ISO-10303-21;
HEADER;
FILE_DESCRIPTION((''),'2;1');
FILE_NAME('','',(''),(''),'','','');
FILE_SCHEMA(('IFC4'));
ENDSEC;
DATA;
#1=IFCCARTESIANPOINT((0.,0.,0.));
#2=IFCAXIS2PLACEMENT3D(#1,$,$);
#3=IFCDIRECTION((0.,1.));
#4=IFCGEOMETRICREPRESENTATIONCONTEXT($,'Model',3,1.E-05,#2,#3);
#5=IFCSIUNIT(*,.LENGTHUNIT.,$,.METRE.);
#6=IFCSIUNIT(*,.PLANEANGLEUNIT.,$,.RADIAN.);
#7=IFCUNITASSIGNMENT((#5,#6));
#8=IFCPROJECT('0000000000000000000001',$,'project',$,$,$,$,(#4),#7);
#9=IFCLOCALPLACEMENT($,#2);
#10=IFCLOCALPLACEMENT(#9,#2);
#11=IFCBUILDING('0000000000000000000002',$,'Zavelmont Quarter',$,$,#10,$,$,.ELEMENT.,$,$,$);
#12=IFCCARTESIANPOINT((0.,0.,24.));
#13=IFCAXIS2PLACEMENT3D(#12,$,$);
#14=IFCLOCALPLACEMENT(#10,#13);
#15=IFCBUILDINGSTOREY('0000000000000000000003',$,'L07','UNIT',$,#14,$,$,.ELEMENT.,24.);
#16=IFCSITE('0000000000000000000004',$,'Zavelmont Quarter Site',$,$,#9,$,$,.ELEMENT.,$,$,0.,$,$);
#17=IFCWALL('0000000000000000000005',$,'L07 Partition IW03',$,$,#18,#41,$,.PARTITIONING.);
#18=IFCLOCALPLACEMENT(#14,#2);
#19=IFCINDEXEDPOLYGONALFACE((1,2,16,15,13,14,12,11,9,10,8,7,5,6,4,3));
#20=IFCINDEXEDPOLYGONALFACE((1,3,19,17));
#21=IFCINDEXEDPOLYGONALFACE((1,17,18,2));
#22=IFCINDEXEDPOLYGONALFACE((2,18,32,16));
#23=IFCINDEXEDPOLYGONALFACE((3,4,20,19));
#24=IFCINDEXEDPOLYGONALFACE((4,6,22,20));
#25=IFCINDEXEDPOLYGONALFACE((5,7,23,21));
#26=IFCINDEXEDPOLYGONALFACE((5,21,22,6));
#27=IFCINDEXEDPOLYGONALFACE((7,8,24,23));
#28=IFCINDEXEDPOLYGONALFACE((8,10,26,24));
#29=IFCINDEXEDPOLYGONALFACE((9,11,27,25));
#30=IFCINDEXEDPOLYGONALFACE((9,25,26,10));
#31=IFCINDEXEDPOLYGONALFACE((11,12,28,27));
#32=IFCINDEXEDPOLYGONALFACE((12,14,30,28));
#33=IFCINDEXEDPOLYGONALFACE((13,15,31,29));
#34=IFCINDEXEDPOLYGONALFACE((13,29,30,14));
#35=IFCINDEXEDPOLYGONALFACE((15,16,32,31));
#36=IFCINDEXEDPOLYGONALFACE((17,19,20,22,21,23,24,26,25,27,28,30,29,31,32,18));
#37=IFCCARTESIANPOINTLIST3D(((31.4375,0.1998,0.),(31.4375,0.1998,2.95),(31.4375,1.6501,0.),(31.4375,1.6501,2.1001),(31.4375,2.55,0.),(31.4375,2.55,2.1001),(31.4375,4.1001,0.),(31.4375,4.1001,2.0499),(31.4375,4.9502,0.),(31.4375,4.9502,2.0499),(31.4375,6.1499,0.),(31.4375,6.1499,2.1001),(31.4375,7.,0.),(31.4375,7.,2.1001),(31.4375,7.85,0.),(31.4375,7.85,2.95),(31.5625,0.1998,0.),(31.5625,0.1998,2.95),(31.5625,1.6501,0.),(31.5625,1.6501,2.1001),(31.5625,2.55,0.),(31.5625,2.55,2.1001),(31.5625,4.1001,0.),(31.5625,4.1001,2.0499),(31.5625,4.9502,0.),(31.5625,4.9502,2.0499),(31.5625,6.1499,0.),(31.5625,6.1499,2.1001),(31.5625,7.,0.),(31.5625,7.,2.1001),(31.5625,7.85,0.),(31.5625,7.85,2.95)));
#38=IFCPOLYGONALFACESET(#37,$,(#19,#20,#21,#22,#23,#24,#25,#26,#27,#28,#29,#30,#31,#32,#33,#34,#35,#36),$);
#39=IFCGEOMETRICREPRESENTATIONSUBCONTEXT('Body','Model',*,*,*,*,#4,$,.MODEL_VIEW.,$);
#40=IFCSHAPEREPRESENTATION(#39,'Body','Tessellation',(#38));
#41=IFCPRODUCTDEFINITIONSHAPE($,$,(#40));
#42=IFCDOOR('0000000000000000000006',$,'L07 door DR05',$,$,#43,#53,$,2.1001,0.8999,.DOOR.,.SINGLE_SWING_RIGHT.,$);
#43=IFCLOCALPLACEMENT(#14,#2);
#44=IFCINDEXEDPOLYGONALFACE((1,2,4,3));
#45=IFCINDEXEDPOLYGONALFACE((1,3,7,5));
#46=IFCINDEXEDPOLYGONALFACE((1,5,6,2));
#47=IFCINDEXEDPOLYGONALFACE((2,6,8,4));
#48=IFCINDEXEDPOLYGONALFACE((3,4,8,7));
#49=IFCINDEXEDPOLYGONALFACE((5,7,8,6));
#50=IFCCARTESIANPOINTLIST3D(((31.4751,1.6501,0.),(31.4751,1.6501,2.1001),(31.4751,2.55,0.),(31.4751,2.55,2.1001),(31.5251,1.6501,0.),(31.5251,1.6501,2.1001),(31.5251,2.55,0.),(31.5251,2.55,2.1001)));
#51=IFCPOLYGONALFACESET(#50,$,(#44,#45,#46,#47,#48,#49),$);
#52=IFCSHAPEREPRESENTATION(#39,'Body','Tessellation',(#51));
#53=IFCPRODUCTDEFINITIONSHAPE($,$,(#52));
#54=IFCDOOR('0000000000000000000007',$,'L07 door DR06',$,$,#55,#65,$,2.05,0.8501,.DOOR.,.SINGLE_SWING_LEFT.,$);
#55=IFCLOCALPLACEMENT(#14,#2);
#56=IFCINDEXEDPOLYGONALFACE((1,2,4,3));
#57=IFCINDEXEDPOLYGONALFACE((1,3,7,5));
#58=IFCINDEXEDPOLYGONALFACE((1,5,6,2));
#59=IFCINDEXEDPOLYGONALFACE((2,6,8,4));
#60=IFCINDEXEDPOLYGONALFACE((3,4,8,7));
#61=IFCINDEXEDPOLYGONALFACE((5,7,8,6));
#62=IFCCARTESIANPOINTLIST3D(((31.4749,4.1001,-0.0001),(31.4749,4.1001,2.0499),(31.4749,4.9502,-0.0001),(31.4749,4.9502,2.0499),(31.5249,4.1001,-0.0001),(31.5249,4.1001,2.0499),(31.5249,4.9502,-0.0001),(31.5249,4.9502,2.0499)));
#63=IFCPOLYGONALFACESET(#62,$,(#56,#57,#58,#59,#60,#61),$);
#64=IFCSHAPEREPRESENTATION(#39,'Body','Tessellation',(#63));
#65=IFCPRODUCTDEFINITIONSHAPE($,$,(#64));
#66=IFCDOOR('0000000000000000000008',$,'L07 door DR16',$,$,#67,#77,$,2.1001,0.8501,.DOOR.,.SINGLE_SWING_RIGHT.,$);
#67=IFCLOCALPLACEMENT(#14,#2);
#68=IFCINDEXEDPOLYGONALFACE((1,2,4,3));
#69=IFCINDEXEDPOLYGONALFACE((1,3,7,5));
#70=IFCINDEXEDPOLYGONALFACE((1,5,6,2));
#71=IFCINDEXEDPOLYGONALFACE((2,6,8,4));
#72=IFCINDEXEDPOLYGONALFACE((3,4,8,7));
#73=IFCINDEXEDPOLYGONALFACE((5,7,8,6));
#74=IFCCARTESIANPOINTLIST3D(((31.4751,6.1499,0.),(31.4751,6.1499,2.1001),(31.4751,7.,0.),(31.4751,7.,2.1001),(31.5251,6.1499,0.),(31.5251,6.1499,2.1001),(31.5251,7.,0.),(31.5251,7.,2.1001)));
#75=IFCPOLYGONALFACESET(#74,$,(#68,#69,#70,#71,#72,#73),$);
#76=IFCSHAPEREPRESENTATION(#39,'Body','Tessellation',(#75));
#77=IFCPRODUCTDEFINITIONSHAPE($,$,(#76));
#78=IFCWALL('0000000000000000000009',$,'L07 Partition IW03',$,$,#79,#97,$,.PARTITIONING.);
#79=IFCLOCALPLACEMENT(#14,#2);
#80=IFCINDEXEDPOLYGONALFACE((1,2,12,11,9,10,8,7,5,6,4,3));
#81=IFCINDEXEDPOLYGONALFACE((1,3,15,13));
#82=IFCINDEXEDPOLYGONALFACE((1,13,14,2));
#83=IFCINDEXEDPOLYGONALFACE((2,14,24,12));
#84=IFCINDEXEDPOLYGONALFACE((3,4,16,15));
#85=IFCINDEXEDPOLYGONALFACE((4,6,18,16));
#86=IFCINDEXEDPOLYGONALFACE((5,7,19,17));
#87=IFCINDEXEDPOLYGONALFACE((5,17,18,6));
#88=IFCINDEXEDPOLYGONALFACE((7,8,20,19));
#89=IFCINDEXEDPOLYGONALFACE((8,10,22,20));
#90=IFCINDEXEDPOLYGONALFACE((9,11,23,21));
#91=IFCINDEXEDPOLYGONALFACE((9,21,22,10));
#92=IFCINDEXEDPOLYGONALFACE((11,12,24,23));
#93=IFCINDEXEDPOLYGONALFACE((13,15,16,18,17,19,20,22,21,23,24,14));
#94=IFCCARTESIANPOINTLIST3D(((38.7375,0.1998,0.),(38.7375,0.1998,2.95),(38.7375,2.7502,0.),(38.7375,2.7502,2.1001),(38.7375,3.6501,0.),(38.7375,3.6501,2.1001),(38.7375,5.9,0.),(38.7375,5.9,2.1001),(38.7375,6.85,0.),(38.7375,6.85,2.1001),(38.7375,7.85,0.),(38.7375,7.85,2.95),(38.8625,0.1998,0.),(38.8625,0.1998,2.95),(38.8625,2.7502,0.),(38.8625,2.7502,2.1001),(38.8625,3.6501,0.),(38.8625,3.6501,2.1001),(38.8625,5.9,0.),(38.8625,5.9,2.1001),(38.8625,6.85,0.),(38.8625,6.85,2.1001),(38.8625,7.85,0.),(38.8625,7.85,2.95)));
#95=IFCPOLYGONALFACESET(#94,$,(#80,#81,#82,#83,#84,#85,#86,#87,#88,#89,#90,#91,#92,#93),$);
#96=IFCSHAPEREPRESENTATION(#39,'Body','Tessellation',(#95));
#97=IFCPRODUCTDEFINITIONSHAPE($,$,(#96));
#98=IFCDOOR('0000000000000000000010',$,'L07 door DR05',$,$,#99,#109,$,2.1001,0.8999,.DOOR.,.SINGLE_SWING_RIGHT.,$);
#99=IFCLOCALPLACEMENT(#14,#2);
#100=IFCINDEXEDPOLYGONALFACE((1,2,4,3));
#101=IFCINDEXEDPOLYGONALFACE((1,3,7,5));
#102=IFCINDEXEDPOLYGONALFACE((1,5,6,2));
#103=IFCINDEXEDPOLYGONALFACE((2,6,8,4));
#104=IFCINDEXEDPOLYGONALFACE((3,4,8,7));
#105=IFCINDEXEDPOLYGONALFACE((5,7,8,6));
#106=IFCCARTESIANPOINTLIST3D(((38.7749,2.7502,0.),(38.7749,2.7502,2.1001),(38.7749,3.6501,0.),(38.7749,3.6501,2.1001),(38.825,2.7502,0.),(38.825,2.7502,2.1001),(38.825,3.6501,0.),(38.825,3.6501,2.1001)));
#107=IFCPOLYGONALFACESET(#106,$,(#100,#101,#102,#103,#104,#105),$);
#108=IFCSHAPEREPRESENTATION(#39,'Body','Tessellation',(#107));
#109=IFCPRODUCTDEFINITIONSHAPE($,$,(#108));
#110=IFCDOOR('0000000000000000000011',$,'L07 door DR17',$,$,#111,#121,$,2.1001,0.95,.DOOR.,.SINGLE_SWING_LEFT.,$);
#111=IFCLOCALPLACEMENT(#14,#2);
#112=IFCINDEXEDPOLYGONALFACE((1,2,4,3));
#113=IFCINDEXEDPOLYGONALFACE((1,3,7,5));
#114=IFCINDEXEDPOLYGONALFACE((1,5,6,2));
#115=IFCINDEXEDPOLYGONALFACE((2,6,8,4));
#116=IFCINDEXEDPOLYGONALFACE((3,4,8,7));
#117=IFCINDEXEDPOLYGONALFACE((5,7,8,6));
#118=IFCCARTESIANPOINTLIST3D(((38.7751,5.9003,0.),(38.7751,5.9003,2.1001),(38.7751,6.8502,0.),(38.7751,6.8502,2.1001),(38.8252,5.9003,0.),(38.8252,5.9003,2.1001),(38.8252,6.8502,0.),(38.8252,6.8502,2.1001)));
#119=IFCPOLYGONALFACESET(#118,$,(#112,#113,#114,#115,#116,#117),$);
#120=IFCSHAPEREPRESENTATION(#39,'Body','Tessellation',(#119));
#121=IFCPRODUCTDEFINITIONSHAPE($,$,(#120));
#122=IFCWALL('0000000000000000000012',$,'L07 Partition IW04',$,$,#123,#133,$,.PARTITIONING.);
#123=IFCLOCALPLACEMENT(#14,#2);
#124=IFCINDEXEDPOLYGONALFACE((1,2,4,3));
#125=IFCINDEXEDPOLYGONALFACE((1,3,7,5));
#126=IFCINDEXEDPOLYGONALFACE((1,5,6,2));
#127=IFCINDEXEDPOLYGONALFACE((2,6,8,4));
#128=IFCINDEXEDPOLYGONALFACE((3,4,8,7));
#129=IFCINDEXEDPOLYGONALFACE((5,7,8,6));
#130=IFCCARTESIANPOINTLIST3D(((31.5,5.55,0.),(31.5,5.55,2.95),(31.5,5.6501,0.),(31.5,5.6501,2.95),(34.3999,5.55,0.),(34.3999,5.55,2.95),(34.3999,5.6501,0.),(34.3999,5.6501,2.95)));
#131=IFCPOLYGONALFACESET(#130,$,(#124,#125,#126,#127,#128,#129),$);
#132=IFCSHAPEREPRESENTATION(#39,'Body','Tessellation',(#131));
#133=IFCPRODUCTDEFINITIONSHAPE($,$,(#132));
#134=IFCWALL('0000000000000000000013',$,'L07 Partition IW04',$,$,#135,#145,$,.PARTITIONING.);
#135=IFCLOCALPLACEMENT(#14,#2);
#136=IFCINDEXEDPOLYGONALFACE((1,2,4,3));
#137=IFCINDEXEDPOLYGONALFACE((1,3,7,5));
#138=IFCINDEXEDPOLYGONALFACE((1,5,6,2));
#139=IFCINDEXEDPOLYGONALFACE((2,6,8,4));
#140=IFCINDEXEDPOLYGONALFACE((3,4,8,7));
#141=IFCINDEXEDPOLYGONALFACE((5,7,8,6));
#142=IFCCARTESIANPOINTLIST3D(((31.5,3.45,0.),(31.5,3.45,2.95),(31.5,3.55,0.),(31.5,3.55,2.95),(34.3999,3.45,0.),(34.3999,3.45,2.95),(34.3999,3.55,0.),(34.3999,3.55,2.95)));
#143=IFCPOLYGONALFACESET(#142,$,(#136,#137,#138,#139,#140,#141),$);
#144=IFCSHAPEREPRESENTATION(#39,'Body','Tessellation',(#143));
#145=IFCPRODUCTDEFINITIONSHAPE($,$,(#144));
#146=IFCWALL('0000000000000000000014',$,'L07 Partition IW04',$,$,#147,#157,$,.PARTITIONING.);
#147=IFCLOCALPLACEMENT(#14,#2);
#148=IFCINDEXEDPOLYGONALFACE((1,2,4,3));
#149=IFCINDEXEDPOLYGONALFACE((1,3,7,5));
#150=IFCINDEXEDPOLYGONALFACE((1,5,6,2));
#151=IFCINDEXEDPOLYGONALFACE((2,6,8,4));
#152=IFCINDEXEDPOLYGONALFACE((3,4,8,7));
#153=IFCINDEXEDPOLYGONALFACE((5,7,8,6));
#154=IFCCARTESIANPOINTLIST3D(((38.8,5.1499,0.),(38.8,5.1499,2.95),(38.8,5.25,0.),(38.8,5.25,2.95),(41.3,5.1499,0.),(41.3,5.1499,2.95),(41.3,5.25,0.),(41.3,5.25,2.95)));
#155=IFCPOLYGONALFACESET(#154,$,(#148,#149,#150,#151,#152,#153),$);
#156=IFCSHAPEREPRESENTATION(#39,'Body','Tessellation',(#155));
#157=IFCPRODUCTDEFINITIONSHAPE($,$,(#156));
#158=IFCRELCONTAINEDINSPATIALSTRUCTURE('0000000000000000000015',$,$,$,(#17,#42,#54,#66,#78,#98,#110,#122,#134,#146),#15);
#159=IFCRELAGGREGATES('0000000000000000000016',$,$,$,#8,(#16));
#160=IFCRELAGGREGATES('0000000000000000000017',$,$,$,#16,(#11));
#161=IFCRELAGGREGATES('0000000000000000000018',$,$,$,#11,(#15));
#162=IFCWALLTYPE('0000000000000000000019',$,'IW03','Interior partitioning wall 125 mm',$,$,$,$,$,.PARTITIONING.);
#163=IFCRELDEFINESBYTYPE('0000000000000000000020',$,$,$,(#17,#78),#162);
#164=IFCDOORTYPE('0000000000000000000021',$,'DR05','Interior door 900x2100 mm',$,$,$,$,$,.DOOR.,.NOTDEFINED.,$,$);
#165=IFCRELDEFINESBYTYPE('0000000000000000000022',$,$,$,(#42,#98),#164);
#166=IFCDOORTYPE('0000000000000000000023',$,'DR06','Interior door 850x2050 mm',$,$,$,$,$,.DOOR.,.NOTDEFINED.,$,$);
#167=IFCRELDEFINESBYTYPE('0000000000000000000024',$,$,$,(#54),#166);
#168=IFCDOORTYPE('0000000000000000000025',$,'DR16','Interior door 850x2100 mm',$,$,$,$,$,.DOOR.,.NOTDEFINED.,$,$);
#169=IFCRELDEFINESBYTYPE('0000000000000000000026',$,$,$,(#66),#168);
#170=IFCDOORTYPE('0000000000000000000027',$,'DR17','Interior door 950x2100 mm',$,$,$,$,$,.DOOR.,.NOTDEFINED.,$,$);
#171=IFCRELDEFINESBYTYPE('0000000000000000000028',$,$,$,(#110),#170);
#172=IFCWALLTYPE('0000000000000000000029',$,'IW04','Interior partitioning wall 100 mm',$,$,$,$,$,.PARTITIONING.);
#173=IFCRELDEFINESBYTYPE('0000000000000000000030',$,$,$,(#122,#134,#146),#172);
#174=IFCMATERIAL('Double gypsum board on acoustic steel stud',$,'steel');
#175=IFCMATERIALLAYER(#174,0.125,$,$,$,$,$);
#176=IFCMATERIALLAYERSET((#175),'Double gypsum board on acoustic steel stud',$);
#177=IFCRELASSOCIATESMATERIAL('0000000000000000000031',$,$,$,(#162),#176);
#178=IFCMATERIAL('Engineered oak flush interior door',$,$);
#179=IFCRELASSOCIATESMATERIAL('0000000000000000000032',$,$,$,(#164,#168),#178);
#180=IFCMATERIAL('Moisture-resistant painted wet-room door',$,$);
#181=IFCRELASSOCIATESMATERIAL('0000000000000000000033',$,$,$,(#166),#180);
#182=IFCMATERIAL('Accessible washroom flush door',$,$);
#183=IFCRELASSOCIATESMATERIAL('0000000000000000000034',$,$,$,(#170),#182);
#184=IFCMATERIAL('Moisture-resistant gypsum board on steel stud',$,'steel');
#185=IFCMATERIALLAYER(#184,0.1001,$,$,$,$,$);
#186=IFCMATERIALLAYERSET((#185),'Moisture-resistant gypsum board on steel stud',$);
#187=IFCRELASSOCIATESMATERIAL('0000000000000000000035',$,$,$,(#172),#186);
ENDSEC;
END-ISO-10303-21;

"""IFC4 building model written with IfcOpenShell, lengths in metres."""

from ifc_helpers import new_model, si_unit, direction, frame, frame_2d, origin, origin_with_axes, place, context, subcontext, project, spatial, rectangle, extrude, material, layer, layer_set, type_object, element, fill, save


model = new_model("IFC4")

# Units and contexts
model_context = context("Model", 3, precision=1e-05, world=origin(), true_north=direction((0.0, 1.0)))
body_context = subcontext(model_context, "Body", "Model", "MODEL_VIEW")
ifc_project = project(units=[si_unit("LENGTHUNIT", "METRE"), si_unit("PLANEANGLEUNIT", "RADIAN")], contexts=[model_context])

# Site, building, storey
site_placement = place(None, origin())
site = spatial("IfcSite", under=ifc_project, at=site_placement, Name="Zavelmont Quarter Site", CompositionType="ELEMENT", RefElevation=0.0)
building_placement = place(site_placement, origin())
building = spatial("IfcBuilding", under=site, at=building_placement, Name="Zavelmont Quarter", CompositionType="ELEMENT")
storey_placement = place(building_placement, frame((0.0, 0.0, 24.0)))
storey = spatial("IfcBuildingStorey", under=building, at=storey_placement, Name="L07", Description="UNIT", CompositionType="ELEMENT", Elevation=24.0)

# Walls, openings, doors
ifc_material_1 = material(Name="Double gypsum board on acoustic steel stud", Category="steel")
ifc_layer_1 = layer(ifc_material_1, 0.125)
ifc_layer_set_1 = layer_set([ifc_layer_1], Name="Double gypsum board on acoustic steel stud")
wall_type_1 = type_object("IfcWallType", Name="IW03", Description="Interior partitioning wall 125 mm", PredefinedType="PARTITIONING", material=ifc_layer_set_1)
wall_1_placement = place(storey_placement, frame((31.5, 7.8501, 0.0), z_axis=(0.0, 0.0, 1.0), x_axis=(0.0, -1.0, 0.0)))
wall_1 = element("IfcWall", 1, at=wall_1_placement, inside=storey, type_object=wall_type_1, Name="L07 Partition IW03", PredefinedType="PARTITIONING", context=body_context, shape_type="SweptSolid", body=[
    extrude(rectangle(XDim=7.6501, YDim=0.125, at=frame_2d((3.8252, 0.0))), origin(), (0.0, 0.0, 1.0), 2.95),
])
opening_1_placement = place(wall_1_placement, frame((0.8501, 0.0, 0.0)))
opening_1 = element("IfcOpeningElement", 2, at=opening_1_placement, cuts=wall_1, PredefinedType="OPENING", context=body_context, shape_type="SweptSolid", body=[
    extrude(rectangle(XDim=0.8501, YDim=2.1001, at=frame_2d((0.425, 1.05))), frame((0.0, 0.0745, 0.0), z_axis=(0.0, -1.0, 0.0), x_axis=(1.0, 0.0, 0.0)), (0.0, 0.0, 1.0), 0.1489),
])
opening_2_placement = place(wall_1_placement, frame((2.8999, 0.0, 0.0)))
opening_2 = element("IfcOpeningElement", 3, at=opening_2_placement, cuts=wall_1, PredefinedType="OPENING", context=body_context, shape_type="SweptSolid", body=[
    extrude(rectangle(XDim=0.8501, YDim=2.05, at=frame_2d((0.425, 1.0249))), frame((0.0, 0.0745, 0.0), z_axis=(0.0, -1.0, 0.0), x_axis=(1.0, 0.0, 0.0)), (0.0, 0.0, 1.0), 0.1489),
])
opening_3_placement = place(wall_1_placement, frame((5.3, 0.0, 0.0)))
opening_3 = element("IfcOpeningElement", 4, at=opening_3_placement, cuts=wall_1, PredefinedType="OPENING", context=body_context, shape_type="SweptSolid", body=[
    extrude(rectangle(XDim=0.8999, YDim=2.1001, at=frame_2d((0.45, 1.05))), frame((0.0, 0.0745, 0.0), z_axis=(0.0, -1.0, 0.0), x_axis=(1.0, 0.0, 0.0)), (0.0, 0.0, 1.0), 0.1489),
])
ifc_material_2 = material(Name="Engineered oak flush interior door")
door_type_1 = type_object("IfcDoorType", Name="DR05", Description="Interior door 900x2100 mm", OperationType="NOTDEFINED", PredefinedType="DOOR", material=ifc_material_2)
door_1_placement = place(opening_3_placement, frame((0.8999, 0.0, 0.0), z_axis=(0.0, 0.0, 1.0), x_axis=(-1.0, 0.0, 0.0)))
door_1 = element("IfcDoor", 5, at=door_1_placement, inside=storey, type_object=door_type_1, Name="L07 door DR05", OperationType="SINGLE_SWING_RIGHT", OverallHeight=2.1001, OverallWidth=0.8999, PredefinedType="DOOR", context=body_context, shape_type="SweptSolid", body=[
    extrude(rectangle(XDim=0.8999, YDim=2.1001, at=frame_2d((0.45, 1.05))), frame((0.0, 0.0249, 0.0), z_axis=(0.0, -1.0, 0.0), x_axis=(1.0, 0.0, 0.0)), (0.0, 0.0, 1.0), 0.05),
])
fill(opening_3, door_1)
ifc_material_3 = material(Name="Moisture-resistant painted wet-room door")
door_type_2 = type_object("IfcDoorType", Name="DR06", Description="Interior door 850x2050 mm", OperationType="NOTDEFINED", PredefinedType="DOOR", material=ifc_material_3)
door_2_placement = place(opening_2_placement, origin_with_axes())
door_2 = element("IfcDoor", 6, at=door_2_placement, inside=storey, type_object=door_type_2, Name="L07 door DR06", OperationType="SINGLE_SWING_LEFT", OverallHeight=2.05, OverallWidth=0.8501, PredefinedType="DOOR", context=body_context, shape_type="SweptSolid", body=[
    extrude(rectangle(XDim=0.8501, YDim=2.05, at=frame_2d((0.425, 1.0249))), frame((0.0, 0.0249, 0.0), z_axis=(0.0, -1.0, 0.0), x_axis=(1.0, 0.0, 0.0)), (0.0, 0.0, 1.0), 0.05),
])
fill(opening_2, door_2)
door_type_3 = type_object("IfcDoorType", Name="DR16", Description="Interior door 850x2100 mm", OperationType="NOTDEFINED", PredefinedType="DOOR", material=ifc_material_2)
door_3_placement = place(opening_1_placement, frame((0.8501, 0.0, 0.0), z_axis=(0.0, 0.0, 1.0), x_axis=(-1.0, 0.0, 0.0)))
door_3 = element("IfcDoor", 7, at=door_3_placement, inside=storey, type_object=door_type_3, Name="L07 door DR16", OperationType="SINGLE_SWING_RIGHT", OverallHeight=2.1001, OverallWidth=0.8501, PredefinedType="DOOR", context=body_context, shape_type="SweptSolid", body=[
    extrude(rectangle(XDim=0.8501, YDim=2.1001, at=frame_2d((0.425, 1.05))), frame((0.0, 0.0249, 0.0), z_axis=(0.0, -1.0, 0.0), x_axis=(1.0, 0.0, 0.0)), (0.0, 0.0, 1.0), 0.05),
])
fill(opening_1, door_3)
wall_2_placement = place(storey_placement, frame((38.8, 7.8501, 0.0), z_axis=(0.0, 0.0, 1.0), x_axis=(0.0, -1.0, 0.0)))
wall_2 = element("IfcWall", 8, at=wall_2_placement, inside=storey, type_object=wall_type_1, Name="L07 Partition IW03", PredefinedType="PARTITIONING", context=body_context, shape_type="SweptSolid", body=[
    extrude(rectangle(XDim=7.6501, YDim=0.125, at=frame_2d((3.8252, 0.0))), origin(), (0.0, 0.0, 1.0), 2.95),
])
opening_4_placement = place(wall_2_placement, frame((1.0, 0.0, 0.0)))
opening_4 = element("IfcOpeningElement", 9, at=opening_4_placement, cuts=wall_2, PredefinedType="OPENING", context=body_context, shape_type="SweptSolid", body=[
    extrude(rectangle(XDim=0.95, YDim=2.1001, at=frame_2d((0.4751, 1.05))), frame((0.0, 0.0745, 0.0), z_axis=(0.0, -1.0, 0.0), x_axis=(1.0, 0.0, 0.0)), (0.0, 0.0, 1.0), 0.1489),
])
opening_5_placement = place(wall_2_placement, frame((4.2, 0.0, 0.0)))
opening_5 = element("IfcOpeningElement", 10, at=opening_5_placement, cuts=wall_2, PredefinedType="OPENING", context=body_context, shape_type="SweptSolid", body=[
    extrude(rectangle(XDim=0.8999, YDim=2.1001, at=frame_2d((0.45, 1.05))), frame((0.0, 0.0745, 0.0), z_axis=(0.0, -1.0, 0.0), x_axis=(1.0, 0.0, 0.0)), (0.0, 0.0, 1.0), 0.1489),
])
door_4_placement = place(opening_5_placement, origin_with_axes())
door_4 = element("IfcDoor", 11, at=door_4_placement, inside=storey, type_object=door_type_1, Name="L07 door DR05", OperationType="SINGLE_SWING_RIGHT", OverallHeight=2.1001, OverallWidth=0.8999, PredefinedType="DOOR", context=body_context, shape_type="SweptSolid", body=[
    extrude(rectangle(XDim=0.8999, YDim=2.1001, at=frame_2d((0.45, 1.05))), frame((0.0, 0.0249, 0.0), z_axis=(0.0, -1.0, 0.0), x_axis=(1.0, 0.0, 0.0)), (0.0, 0.0, 1.0), 0.05),
])
fill(opening_5, door_4)
ifc_material_4 = material(Name="Accessible washroom flush door")
door_type_4 = type_object("IfcDoorType", Name="DR17", Description="Interior door 950x2100 mm", OperationType="NOTDEFINED", PredefinedType="DOOR", material=ifc_material_4)
door_5_placement = place(opening_4_placement, frame((0.95, 0.0, 0.0), z_axis=(0.0, 0.0, 1.0), x_axis=(-1.0, 0.0, 0.0)))
door_5 = element("IfcDoor", 12, at=door_5_placement, inside=storey, type_object=door_type_4, Name="L07 door DR17", OperationType="SINGLE_SWING_LEFT", OverallHeight=2.1001, OverallWidth=0.95, PredefinedType="DOOR", context=body_context, shape_type="SweptSolid", body=[
    extrude(rectangle(XDim=0.95, YDim=2.1001, at=frame_2d((0.4751, 1.05))), frame((0.0, 0.0249, 0.0), z_axis=(0.0, -1.0, 0.0), x_axis=(1.0, 0.0, 0.0)), (0.0, 0.0, 1.0), 0.05),
])
fill(opening_4, door_5)

# Walls
ifc_material_5 = material(Name="Moisture-resistant gypsum board on steel stud", Category="steel")
ifc_layer_2 = layer(ifc_material_5, 0.1001)
ifc_layer_set_2 = layer_set([ifc_layer_2], Name="Moisture-resistant gypsum board on steel stud")
wall_type_2 = type_object("IfcWallType", Name="IW04", Description="Interior partitioning wall 100 mm", PredefinedType="PARTITIONING", material=ifc_layer_set_2)
for number, where, z_axis, x_axis, name in (
    (13, (31.5, 5.6001, 0.0), (0.0, 0.0, 1.0), (1.0, 0.0, 0.0), "L07 Partition IW04"),
    (14, (31.5, 3.5, 0.0), (0.0, 0.0, 1.0), (1.0, 0.0, 0.0), "L07 Partition IW04"),
):
    element("IfcWall", number, at=place(storey_placement, frame(where, z_axis=z_axis, x_axis=x_axis)), inside=storey, type_object=wall_type_2, Name=name, PredefinedType="PARTITIONING", context=body_context, shape_type="SweptSolid", body=[
        extrude(rectangle(XDim=2.8999, YDim=0.1001, at=frame_2d((1.45, 0.0))), origin(), (0.0, 0.0, 1.0), 2.95),
    ])
wall_3_placement = place(storey_placement, frame((38.8, 5.2, 0.0), z_axis=(0.0, 0.0, 1.0), x_axis=(1.0, 0.0, 0.0)))
element("IfcWall", 15, at=wall_3_placement, inside=storey, type_object=wall_type_2, Name="L07 Partition IW04", PredefinedType="PARTITIONING", context=body_context, shape_type="SweptSolid", body=[
    extrude(rectangle(XDim=2.5, YDim=0.1001, at=frame_2d((1.25, 0.0))), origin(), (0.0, 0.0, 1.0), 2.95),
])

save(model, "model.ifc")
